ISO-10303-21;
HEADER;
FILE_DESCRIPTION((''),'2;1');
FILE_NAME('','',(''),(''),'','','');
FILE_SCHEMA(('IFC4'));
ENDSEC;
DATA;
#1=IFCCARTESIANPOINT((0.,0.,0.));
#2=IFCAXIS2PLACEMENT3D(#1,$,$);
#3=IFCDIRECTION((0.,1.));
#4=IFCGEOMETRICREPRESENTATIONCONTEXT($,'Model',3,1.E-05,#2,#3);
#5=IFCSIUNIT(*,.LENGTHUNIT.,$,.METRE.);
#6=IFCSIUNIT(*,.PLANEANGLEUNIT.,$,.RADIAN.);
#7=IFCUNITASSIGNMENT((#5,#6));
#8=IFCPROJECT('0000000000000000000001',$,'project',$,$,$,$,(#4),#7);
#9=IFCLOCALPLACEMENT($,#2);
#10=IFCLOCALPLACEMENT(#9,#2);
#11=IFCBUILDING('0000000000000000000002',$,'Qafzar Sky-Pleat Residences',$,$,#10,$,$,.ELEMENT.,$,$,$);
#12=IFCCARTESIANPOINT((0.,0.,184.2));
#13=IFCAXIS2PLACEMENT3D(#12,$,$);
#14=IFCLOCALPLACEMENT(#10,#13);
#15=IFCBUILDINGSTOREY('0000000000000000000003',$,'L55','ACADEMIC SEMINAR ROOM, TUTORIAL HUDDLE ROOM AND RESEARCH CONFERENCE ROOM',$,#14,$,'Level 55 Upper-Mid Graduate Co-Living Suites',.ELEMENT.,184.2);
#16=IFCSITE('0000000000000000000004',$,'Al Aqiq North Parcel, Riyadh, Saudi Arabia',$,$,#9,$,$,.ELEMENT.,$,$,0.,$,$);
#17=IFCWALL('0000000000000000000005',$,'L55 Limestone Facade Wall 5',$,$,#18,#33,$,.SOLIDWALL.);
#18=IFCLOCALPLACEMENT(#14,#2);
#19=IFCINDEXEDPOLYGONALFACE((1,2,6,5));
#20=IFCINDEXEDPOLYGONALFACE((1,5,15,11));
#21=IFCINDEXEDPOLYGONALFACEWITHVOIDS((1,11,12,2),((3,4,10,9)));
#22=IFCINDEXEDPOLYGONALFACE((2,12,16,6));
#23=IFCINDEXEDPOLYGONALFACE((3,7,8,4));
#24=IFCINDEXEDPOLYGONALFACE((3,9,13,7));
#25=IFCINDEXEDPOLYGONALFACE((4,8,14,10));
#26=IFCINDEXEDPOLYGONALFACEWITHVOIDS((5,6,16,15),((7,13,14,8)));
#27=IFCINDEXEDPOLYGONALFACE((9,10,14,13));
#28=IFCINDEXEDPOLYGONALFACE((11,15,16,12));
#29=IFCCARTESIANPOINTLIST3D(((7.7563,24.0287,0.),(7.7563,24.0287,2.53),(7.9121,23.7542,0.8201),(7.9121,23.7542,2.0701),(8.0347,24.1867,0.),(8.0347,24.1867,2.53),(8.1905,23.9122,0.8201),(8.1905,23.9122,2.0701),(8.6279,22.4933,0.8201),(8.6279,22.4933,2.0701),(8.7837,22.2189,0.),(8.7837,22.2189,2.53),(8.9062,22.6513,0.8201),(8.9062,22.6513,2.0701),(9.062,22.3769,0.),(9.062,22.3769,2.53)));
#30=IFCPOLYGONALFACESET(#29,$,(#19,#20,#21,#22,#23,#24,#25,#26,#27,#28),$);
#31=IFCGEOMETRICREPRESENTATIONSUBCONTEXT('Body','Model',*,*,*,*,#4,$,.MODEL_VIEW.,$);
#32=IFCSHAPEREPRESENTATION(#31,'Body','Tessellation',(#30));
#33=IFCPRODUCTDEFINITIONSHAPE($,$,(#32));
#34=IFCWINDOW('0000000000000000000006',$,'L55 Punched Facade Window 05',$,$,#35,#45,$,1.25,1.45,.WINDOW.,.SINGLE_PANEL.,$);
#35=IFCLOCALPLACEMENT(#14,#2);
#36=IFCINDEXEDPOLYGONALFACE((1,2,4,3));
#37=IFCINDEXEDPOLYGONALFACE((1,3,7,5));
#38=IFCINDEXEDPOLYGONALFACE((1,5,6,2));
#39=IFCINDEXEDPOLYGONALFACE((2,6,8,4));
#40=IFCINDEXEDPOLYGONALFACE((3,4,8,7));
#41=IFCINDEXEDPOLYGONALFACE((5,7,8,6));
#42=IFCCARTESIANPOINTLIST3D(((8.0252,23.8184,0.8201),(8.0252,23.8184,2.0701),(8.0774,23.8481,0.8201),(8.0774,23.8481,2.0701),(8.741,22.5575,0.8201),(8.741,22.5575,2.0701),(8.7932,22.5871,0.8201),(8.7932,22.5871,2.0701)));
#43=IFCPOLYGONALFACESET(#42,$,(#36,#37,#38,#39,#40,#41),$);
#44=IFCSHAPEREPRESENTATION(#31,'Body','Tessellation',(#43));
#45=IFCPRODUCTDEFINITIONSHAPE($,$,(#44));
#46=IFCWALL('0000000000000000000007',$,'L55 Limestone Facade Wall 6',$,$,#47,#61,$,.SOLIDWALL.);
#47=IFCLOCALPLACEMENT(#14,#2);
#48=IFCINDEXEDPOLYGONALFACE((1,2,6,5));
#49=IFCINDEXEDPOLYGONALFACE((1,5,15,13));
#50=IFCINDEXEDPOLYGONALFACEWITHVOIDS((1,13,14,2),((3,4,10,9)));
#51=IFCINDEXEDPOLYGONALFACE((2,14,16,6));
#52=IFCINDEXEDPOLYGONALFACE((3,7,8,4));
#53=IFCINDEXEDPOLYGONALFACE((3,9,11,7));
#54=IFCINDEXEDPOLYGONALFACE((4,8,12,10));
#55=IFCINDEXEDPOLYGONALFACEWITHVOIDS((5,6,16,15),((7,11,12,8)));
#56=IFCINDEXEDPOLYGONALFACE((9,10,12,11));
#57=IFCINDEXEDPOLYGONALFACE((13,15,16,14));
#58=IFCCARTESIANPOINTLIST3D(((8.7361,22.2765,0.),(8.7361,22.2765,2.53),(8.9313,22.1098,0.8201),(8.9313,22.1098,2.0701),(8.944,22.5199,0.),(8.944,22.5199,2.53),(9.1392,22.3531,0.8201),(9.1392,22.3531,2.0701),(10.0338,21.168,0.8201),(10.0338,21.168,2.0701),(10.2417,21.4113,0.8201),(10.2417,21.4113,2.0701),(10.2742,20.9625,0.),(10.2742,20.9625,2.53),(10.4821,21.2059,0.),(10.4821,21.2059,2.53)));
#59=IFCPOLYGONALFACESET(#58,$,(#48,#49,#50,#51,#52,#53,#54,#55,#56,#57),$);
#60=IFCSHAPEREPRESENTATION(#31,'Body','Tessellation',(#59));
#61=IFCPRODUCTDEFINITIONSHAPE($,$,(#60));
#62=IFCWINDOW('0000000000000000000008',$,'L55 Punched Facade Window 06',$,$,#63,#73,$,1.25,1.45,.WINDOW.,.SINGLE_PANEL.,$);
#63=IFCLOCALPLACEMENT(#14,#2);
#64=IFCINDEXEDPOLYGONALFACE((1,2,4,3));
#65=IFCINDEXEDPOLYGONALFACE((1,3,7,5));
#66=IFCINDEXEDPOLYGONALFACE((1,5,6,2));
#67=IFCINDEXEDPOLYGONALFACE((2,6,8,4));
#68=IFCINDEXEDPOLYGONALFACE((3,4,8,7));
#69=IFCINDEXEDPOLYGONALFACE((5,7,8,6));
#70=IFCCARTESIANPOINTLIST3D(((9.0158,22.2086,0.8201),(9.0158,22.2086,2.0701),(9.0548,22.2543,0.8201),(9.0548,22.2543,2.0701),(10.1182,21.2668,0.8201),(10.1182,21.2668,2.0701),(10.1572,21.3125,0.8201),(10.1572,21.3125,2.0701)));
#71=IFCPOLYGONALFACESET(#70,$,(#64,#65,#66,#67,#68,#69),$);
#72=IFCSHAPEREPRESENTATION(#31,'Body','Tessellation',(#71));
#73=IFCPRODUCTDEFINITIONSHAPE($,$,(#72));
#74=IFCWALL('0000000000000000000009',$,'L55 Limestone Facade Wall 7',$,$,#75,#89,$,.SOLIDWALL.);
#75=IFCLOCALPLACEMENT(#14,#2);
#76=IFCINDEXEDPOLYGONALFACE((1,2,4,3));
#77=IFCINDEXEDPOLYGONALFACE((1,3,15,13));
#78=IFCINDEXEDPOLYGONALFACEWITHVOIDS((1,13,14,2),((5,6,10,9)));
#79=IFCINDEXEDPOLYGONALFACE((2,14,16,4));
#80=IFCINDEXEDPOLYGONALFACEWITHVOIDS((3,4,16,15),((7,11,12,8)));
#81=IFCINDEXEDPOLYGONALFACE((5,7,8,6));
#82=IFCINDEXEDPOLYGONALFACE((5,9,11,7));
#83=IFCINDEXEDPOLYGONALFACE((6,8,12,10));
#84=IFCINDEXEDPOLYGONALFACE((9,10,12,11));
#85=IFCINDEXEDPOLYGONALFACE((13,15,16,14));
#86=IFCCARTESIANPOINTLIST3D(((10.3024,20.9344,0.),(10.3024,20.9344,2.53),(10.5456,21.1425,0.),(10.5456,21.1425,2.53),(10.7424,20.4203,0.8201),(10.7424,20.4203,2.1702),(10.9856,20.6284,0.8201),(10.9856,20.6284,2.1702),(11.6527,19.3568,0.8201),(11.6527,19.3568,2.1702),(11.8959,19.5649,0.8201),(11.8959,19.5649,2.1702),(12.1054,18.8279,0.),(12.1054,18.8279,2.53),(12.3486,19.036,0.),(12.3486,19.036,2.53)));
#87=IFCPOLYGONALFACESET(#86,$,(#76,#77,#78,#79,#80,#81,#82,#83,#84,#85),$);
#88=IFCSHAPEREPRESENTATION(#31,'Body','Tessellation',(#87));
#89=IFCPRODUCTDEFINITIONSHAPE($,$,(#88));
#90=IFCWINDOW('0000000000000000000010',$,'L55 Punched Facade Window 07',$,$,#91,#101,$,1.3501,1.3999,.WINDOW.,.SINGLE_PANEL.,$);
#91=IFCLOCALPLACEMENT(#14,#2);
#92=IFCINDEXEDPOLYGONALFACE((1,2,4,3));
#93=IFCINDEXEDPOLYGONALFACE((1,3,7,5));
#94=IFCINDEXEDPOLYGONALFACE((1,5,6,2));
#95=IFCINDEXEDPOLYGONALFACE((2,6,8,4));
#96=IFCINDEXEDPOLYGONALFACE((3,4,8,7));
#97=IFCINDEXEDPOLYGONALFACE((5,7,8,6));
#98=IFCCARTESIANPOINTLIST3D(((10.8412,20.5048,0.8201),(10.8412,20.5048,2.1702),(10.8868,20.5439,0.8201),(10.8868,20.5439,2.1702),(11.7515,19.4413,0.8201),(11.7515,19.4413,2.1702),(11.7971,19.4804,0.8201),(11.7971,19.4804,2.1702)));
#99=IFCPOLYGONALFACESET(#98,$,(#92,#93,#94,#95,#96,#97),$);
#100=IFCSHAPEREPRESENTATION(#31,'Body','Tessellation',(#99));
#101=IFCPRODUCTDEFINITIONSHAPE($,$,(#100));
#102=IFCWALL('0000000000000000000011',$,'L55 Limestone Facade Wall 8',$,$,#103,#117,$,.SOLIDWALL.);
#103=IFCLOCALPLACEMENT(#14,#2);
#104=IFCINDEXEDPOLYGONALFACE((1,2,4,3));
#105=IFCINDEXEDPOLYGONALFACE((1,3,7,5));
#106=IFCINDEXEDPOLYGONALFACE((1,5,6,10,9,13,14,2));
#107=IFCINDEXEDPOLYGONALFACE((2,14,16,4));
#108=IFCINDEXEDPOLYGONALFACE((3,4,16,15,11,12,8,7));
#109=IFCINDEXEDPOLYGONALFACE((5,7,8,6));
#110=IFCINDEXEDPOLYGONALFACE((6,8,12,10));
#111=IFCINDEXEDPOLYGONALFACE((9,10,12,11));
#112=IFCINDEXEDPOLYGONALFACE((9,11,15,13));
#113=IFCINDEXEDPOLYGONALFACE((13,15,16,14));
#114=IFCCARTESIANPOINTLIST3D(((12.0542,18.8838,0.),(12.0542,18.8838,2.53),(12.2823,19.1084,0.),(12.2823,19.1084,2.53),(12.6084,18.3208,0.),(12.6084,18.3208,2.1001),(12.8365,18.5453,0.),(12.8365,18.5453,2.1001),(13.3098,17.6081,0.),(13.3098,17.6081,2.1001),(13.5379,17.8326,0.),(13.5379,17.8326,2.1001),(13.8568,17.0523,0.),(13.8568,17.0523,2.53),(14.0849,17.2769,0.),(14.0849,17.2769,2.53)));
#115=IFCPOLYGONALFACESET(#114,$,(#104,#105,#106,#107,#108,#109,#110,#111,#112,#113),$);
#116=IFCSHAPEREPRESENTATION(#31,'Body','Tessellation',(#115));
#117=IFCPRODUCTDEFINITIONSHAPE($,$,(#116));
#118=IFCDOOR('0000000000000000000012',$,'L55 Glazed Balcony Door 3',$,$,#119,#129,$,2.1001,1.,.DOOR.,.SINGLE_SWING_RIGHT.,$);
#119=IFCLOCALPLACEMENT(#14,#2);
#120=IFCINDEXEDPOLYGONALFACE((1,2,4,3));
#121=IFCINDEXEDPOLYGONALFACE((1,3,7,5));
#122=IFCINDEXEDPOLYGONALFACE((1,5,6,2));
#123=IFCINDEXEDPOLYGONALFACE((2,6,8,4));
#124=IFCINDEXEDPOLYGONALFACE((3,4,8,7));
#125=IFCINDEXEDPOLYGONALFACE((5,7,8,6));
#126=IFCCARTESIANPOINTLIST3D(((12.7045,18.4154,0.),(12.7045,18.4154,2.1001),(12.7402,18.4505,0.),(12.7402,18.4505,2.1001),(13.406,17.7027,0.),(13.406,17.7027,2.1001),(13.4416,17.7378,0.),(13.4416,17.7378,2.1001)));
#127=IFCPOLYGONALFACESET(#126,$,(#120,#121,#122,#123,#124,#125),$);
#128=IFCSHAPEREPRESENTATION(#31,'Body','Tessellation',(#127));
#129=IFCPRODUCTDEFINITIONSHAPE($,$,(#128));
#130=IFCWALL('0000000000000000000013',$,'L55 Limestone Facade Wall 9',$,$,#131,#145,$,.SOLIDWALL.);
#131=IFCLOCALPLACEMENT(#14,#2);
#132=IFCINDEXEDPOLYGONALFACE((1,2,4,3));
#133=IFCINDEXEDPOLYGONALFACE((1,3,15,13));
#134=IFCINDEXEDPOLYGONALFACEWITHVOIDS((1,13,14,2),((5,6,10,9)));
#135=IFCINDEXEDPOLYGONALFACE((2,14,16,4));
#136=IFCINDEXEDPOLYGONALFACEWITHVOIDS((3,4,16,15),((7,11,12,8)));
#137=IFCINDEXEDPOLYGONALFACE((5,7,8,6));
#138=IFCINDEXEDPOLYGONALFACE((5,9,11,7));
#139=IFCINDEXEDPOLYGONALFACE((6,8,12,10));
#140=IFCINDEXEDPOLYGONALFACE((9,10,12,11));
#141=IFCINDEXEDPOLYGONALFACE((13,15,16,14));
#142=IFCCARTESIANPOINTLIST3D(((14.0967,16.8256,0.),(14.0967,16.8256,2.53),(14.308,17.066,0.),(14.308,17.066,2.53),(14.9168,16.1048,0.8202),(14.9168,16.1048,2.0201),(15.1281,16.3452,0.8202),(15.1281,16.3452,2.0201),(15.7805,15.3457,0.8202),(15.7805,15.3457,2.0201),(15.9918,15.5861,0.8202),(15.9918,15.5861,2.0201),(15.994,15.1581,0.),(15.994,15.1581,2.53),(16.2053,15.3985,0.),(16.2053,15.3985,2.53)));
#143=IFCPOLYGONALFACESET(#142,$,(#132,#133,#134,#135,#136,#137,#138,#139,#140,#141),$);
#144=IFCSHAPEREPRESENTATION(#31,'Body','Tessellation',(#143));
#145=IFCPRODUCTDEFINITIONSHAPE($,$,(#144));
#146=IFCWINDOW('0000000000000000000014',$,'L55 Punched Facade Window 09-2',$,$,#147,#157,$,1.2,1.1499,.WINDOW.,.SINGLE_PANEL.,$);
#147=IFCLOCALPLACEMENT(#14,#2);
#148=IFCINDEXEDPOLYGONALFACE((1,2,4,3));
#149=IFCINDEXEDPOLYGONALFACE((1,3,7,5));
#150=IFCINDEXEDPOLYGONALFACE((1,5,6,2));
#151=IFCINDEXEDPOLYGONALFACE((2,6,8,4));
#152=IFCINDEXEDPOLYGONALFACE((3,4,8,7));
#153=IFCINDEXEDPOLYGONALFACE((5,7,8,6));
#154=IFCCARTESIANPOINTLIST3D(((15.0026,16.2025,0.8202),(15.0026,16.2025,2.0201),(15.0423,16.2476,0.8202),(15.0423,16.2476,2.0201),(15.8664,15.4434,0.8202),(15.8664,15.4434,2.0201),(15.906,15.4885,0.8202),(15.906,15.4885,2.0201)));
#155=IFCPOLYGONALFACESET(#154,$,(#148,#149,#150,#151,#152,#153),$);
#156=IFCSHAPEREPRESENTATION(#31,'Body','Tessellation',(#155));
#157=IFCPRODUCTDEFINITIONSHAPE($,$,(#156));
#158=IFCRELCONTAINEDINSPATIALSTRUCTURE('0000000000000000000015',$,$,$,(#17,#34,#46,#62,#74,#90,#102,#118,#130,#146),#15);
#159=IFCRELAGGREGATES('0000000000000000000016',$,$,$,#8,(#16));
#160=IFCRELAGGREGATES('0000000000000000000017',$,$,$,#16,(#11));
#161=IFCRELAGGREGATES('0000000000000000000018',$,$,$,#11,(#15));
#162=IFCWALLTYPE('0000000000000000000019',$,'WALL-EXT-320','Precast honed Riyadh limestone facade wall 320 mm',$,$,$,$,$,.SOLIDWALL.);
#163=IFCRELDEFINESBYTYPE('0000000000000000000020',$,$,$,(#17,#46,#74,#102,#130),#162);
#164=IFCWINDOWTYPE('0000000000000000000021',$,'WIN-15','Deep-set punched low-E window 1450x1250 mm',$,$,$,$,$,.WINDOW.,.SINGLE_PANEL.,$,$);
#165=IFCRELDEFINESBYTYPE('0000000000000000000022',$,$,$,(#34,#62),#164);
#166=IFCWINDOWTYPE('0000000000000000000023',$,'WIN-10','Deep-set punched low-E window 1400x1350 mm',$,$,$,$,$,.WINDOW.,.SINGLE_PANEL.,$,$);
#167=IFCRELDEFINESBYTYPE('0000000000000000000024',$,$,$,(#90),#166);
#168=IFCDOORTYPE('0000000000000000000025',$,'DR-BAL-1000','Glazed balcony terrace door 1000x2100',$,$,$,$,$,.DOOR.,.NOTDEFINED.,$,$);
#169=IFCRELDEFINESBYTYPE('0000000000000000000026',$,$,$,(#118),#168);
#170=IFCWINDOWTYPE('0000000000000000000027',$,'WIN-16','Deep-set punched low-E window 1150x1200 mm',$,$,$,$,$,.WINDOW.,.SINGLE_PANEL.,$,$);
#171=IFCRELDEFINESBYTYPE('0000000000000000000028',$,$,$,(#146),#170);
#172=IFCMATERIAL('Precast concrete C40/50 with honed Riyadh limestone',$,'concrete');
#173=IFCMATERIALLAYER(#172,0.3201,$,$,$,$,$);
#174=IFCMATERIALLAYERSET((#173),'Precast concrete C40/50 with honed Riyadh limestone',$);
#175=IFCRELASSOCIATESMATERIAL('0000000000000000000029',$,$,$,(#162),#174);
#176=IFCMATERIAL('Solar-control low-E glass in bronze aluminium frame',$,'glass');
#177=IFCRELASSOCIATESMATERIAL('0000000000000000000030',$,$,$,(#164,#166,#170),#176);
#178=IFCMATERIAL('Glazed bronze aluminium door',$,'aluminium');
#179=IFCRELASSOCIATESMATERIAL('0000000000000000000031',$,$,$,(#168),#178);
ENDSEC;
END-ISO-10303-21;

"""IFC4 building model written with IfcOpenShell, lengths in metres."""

from ifc_helpers import new_model, si_unit, direction, frame, frame_2d, origin, place, context, subcontext, project, spatial, rectangle, extrude, source, transform, mapped, material, layer, layer_set, type_object, element, fill, save


model = new_model("IFC4")

# Units and contexts
model_context = context("Model", 3, precision=1e-05, world=origin(), true_north=direction((0.0, 1.0)))
body_context = subcontext(model_context, "Body", "Model", "MODEL_VIEW")
ifc_project = project(units=[si_unit("LENGTHUNIT", "METRE"), si_unit("PLANEANGLEUNIT", "RADIAN")], contexts=[model_context])

# Site, building, storey
site_placement = place(None, origin())
site = spatial("IfcSite", under=ifc_project, at=site_placement, Name="Al Aqiq North Parcel, Riyadh, Saudi Arabia", CompositionType="ELEMENT", RefElevation=0.0)
building_placement = place(site_placement, origin())
building = spatial("IfcBuilding", under=site, at=building_placement, Name="Qafzar Sky-Pleat Residences", CompositionType="ELEMENT")
storey_placement = place(building_placement, frame((0.0, 0.0, 184.2)))
storey = spatial("IfcBuildingStorey", under=building, at=storey_placement, Name="L55", Description="ACADEMIC SEMINAR ROOM, TUTORIAL HUDDLE ROOM AND RESEARCH CONFERENCE ROOM", LongName="Level 55 Upper-Mid Graduate Co-Living Suites", CompositionType="ELEMENT", Elevation=184.2)

# Walls, openings, windows
ifc_material_1 = material(Name="Precast concrete C40/50 with honed Riyadh limestone", Category="concrete")
ifc_layer_1 = layer(ifc_material_1, 0.3201)
ifc_layer_set_1 = layer_set([ifc_layer_1], Name="Precast concrete C40/50 with honed Riyadh limestone")
wall_type_1 = type_object("IfcWallType", Name="WALL-EXT-320", Description="Precast honed Riyadh limestone facade wall 320 mm", PredefinedType="SOLIDWALL", material=ifc_layer_set_1)
ifc_material_2 = material(Name="Solar-control low-E glass in bronze aluminium frame", Category="glass")
wall_1_placement = place(storey_placement, frame((7.8955, 24.1077, 0.0), z_axis=(0.0, 0.0, 1.0), x_axis=(0.493661, -0.869655, 0.0)))
wall_1 = element("IfcWall", 1, at=wall_1_placement, inside=storey, type_object=wall_type_1, Name="L55 Limestone Facade Wall 5", PredefinedType="SOLIDWALL", context=body_context, shape_type="SweptSolid", body=[
    extrude(rectangle(XDim=2.0811, YDim=0.3201, at=frame_2d((1.0405, 0.0))), origin(), (0.0, 0.0, 1.0), 2.53),
])
opening_1_placement = place(wall_1_placement, frame((0.3154, 0.0, 0.8201)))
opening_1 = element("IfcOpeningElement", 2, at=opening_1_placement, cuts=wall_1, PredefinedType="OPENING", context=body_context, shape_type="SweptSolid", body=[
    extrude(rectangle(XDim=1.45, YDim=1.25, at=frame_2d((0.7251, 0.625))), frame((0.0, 0.1699, 0.0), z_axis=(0.0, -1.0, 0.0), x_axis=(1.0, 0.0, 0.0)), (0.0, 0.0, 1.0), 0.3401),
])
window_type_1 = type_object("IfcWindowType", Name="WIN-15", Description="Deep-set punched low-E window 1450x1250 mm", PartitioningType="SINGLE_PANEL", PredefinedType="WINDOW", material=ifc_material_2)
shared_shape_1 = source(origin(), body_context, "Body", "SweptSolid", [
    extrude(rectangle(XDim=1.45, YDim=1.25, at=frame_2d((0.7251, 0.625))), frame((0.0, 0.03, 0.0), z_axis=(0.0, -1.0, 0.0), x_axis=(1.0, 0.0, 0.0)), (0.0, 0.0, 1.0), 0.0601),
])
window_1_placement = place(opening_1_placement, origin())
window_1 = element("IfcWindow", 3, at=window_1_placement, inside=storey, type_object=window_type_1, Name="L55 Punched Facade Window 05", OverallHeight=1.25, OverallWidth=1.45, PartitioningType="SINGLE_PANEL", PredefinedType="WINDOW", context=body_context, shape_type="MappedRepresentation", body=[
    mapped(shared_shape_1, transform((0.0, 0.0, 0.0), x_axis=(1.0, 0.0, 0.0), y_axis=(0.0, 1.0, 0.0), z_axis=(0.0, 0.0, 1.0), scale=1.0)),
])
fill(opening_1, window_1)
wall_2_placement = place(storey_placement, frame((8.8401, 22.3982, 0.0), z_axis=(0.0, 0.0, 1.0), x_axis=(0.760329, -0.649538, 0.0)))
wall_2 = element("IfcWall", 4, at=wall_2_placement, inside=storey, type_object=wall_type_1, Name="L55 Limestone Facade Wall 6", PredefinedType="SOLIDWALL", context=body_context, shape_type="SweptSolid", body=[
    extrude(rectangle(XDim=2.0229, YDim=0.3201, at=frame_2d((1.0115, 0.0))), origin(), (0.0, 0.0, 1.0), 2.53),
])
opening_2_placement = place(wall_2_placement, frame((0.2566, 0.0, 0.8201)))
opening_2 = element("IfcOpeningElement", 5, at=opening_2_placement, cuts=wall_2, PredefinedType="OPENING", context=body_context, shape_type="SweptSolid", body=[
    extrude(rectangle(XDim=1.45, YDim=1.25, at=frame_2d((0.7251, 0.625))), frame((0.0, 0.1699, 0.0), z_axis=(0.0, -1.0, 0.0), x_axis=(1.0, 0.0, 0.0)), (0.0, 0.0, 1.0), 0.3401),
])
window_2_placement = place(opening_2_placement, origin())
window_2 = element("IfcWindow", 6, at=window_2_placement, inside=storey, type_object=window_type_1, Name="L55 Punched Facade Window 06", OverallHeight=1.25, OverallWidth=1.45, PartitioningType="SINGLE_PANEL", PredefinedType="WINDOW", context=body_context, shape_type="MappedRepresentation", body=[
    mapped(shared_shape_1, transform((0.0, 0.0, 0.0), x_axis=(1.0, 0.0, 0.0), y_axis=(0.0, 1.0, 0.0), z_axis=(0.0, 0.0, 1.0), scale=1.0)),
])
fill(opening_2, window_2)
wall_3_placement = place(storey_placement, frame((10.4241, 21.0383, 0.0), z_axis=(0.0, 0.0, 1.0), x_axis=(0.650262, -0.75971, 0.0)))
wall_3 = element("IfcWall", 7, at=wall_3_placement, inside=storey, type_object=wall_type_1, Name="L55 Limestone Facade Wall 7", PredefinedType="SOLIDWALL", context=body_context, shape_type="SweptSolid", body=[
    extrude(rectangle(XDim=2.7727, YDim=0.3201, at=frame_2d((1.3862, 0.0))), origin(), (0.0, 0.0, 1.0), 2.53),
])
opening_3_placement = place(wall_3_placement, frame((0.6765, 0.0, 0.8201)))
opening_3 = element("IfcOpeningElement", 8, at=opening_3_placement, cuts=wall_3, PredefinedType="OPENING", context=body_context, shape_type="SweptSolid", body=[
    extrude(rectangle(XDim=1.3999, YDim=1.3501, at=frame_2d((0.7, 0.675))), frame((0.0, 0.1699, 0.0), z_axis=(0.0, -1.0, 0.0), x_axis=(1.0, 0.0, 0.0)), (0.0, 0.0, 1.0), 0.3401),
])
window_type_2 = type_object("IfcWindowType", Name="WIN-10", Description="Deep-set punched low-E window 1400x1350 mm", PartitioningType="SINGLE_PANEL", PredefinedType="WINDOW", material=ifc_material_2)
shared_shape_2 = source(origin(), body_context, "Body", "SweptSolid", [
    extrude(rectangle(XDim=1.3999, YDim=1.3501, at=frame_2d((0.7, 0.675))), frame((0.0, 0.03, 0.0), z_axis=(0.0, -1.0, 0.0), x_axis=(1.0, 0.0, 0.0)), (0.0, 0.0, 1.0), 0.0601),
])
window_3_placement = place(opening_3_placement, origin())
window_3 = element("IfcWindow", 9, at=window_3_placement, inside=storey, type_object=window_type_2, Name="L55 Punched Facade Window 07", OverallHeight=1.3501, OverallWidth=1.3999, PartitioningType="SINGLE_PANEL", PredefinedType="WINDOW", context=body_context, shape_type="MappedRepresentation", body=[
    mapped(shared_shape_2, transform((0.0, 0.0, 0.0), x_axis=(1.0, 0.0, 0.0), y_axis=(0.0, 1.0, 0.0), z_axis=(0.0, 0.0, 1.0), scale=1.0)),
])
fill(opening_3, window_3)

# Wall, opening, door
wall_4_placement = place(storey_placement, frame((12.1682, 18.9961, 0.0), z_axis=(0.0, 0.0, 1.0), x_axis=(0.70148, -0.71269, 0.0)))
wall_4 = element("IfcWall", 10, at=wall_4_placement, inside=storey, type_object=wall_type_1, Name="L55 Limestone Facade Wall 8", PredefinedType="SOLIDWALL", context=body_context, shape_type="SweptSolid", body=[
    extrude(rectangle(XDim=2.5698, YDim=0.3201, at=frame_2d((1.2849, 0.0))), origin(), (0.0, 0.0, 1.0), 2.53),
])
opening_4_placement = place(wall_4_placement, frame((0.79, 0.0, 0.0)))
opening_4 = element("IfcOpeningElement", 11, at=opening_4_placement, cuts=wall_4, PredefinedType="OPENING", context=body_context, shape_type="SweptSolid", body=[
    extrude(rectangle(XDim=1.0, YDim=2.1001, at=frame_2d((0.5, 1.05))), frame((0.0, 0.1699, 0.0), z_axis=(0.0, -1.0, 0.0), x_axis=(1.0, 0.0, 0.0)), (0.0, 0.0, 1.0), 0.3401),
])
ifc_material_3 = material(Name="Glazed bronze aluminium door", Category="aluminium")
door_type = type_object("IfcDoorType", Name="DR-BAL-1000", Description="Glazed balcony terrace door 1000x2100", OperationType="NOTDEFINED", PredefinedType="DOOR", material=ifc_material_3)
shared_shape_3 = source(origin(), body_context, "Body", "SweptSolid", [
    extrude(rectangle(XDim=1.0, YDim=2.1001, at=frame_2d((0.5, 1.05))), frame((0.0, 0.0249, 0.0), z_axis=(0.0, -1.0, 0.0), x_axis=(1.0, 0.0, 0.0)), (0.0, 0.0, 1.0), 0.05),
])
door_placement = place(opening_4_placement, origin())
door = element("IfcDoor", 12, at=door_placement, inside=storey, type_object=door_type, Name="L55 Glazed Balcony Door 3", OperationType="SINGLE_SWING_RIGHT", OverallHeight=2.1001, OverallWidth=1.0, PredefinedType="DOOR", context=body_context, shape_type="MappedRepresentation", body=[
    mapped(shared_shape_3, transform((0.0, 0.0, 0.0), x_axis=(1.0, 0.0, 0.0), y_axis=(0.0, 1.0, 0.0), z_axis=(0.0, 0.0, 1.0), scale=1.0)),
])
fill(opening_4, door)

# Wall, opening, window
wall_5_placement = place(storey_placement, frame((14.2024, 16.9458, 0.0), z_axis=(0.0, 0.0, 1.0), x_axis=(0.75112, -0.660166, 0.0)))
wall_5 = element("IfcWall", 13, at=wall_5_placement, inside=storey, type_object=wall_type_1, Name="L55 Limestone Facade Wall 9", PredefinedType="SOLIDWALL", context=body_context, shape_type="SweptSolid", body=[
    extrude(rectangle(XDim=2.5259, YDim=0.3201, at=frame_2d((1.2629, 0.0))), origin(), (0.0, 0.0, 1.0), 2.53),
])
opening_5_placement = place(wall_5_placement, frame((1.0918, 0.0, 0.8201)))
opening_5 = element("IfcOpeningElement", 14, at=opening_5_placement, cuts=wall_5, PredefinedType="OPENING", context=body_context, shape_type="SweptSolid", body=[
    extrude(rectangle(XDim=1.1499, YDim=1.2, at=frame_2d((0.575, 0.6001))), frame((0.0, 0.1699, 0.0), z_axis=(0.0, -1.0, 0.0), x_axis=(1.0, 0.0, 0.0)), (0.0, 0.0, 1.0), 0.3401),
])
window_type_3 = type_object("IfcWindowType", Name="WIN-16", Description="Deep-set punched low-E window 1150x1200 mm", PartitioningType="SINGLE_PANEL", PredefinedType="WINDOW", material=ifc_material_2)
shared_shape_4 = source(origin(), body_context, "Body", "SweptSolid", [
    extrude(rectangle(XDim=1.1499, YDim=1.2, at=frame_2d((0.575, 0.6001))), frame((0.0, 0.03, 0.0), z_axis=(0.0, -1.0, 0.0), x_axis=(1.0, 0.0, 0.0)), (0.0, 0.0, 1.0), 0.0601),
])
window_4_placement = place(opening_5_placement, origin())
window_4 = element("IfcWindow", 15, at=window_4_placement, inside=storey, type_object=window_type_3, Name="L55 Punched Facade Window 09-2", OverallHeight=1.2, OverallWidth=1.1499, PartitioningType="SINGLE_PANEL", PredefinedType="WINDOW", context=body_context, shape_type="MappedRepresentation", body=[
    mapped(shared_shape_4, transform((0.0, 0.0, 0.0), x_axis=(1.0, 0.0, 0.0), y_axis=(0.0, 1.0, 0.0), z_axis=(0.0, 0.0, 1.0), scale=1.0)),
])
fill(opening_5, window_4)

save(model, "model.ifc")
